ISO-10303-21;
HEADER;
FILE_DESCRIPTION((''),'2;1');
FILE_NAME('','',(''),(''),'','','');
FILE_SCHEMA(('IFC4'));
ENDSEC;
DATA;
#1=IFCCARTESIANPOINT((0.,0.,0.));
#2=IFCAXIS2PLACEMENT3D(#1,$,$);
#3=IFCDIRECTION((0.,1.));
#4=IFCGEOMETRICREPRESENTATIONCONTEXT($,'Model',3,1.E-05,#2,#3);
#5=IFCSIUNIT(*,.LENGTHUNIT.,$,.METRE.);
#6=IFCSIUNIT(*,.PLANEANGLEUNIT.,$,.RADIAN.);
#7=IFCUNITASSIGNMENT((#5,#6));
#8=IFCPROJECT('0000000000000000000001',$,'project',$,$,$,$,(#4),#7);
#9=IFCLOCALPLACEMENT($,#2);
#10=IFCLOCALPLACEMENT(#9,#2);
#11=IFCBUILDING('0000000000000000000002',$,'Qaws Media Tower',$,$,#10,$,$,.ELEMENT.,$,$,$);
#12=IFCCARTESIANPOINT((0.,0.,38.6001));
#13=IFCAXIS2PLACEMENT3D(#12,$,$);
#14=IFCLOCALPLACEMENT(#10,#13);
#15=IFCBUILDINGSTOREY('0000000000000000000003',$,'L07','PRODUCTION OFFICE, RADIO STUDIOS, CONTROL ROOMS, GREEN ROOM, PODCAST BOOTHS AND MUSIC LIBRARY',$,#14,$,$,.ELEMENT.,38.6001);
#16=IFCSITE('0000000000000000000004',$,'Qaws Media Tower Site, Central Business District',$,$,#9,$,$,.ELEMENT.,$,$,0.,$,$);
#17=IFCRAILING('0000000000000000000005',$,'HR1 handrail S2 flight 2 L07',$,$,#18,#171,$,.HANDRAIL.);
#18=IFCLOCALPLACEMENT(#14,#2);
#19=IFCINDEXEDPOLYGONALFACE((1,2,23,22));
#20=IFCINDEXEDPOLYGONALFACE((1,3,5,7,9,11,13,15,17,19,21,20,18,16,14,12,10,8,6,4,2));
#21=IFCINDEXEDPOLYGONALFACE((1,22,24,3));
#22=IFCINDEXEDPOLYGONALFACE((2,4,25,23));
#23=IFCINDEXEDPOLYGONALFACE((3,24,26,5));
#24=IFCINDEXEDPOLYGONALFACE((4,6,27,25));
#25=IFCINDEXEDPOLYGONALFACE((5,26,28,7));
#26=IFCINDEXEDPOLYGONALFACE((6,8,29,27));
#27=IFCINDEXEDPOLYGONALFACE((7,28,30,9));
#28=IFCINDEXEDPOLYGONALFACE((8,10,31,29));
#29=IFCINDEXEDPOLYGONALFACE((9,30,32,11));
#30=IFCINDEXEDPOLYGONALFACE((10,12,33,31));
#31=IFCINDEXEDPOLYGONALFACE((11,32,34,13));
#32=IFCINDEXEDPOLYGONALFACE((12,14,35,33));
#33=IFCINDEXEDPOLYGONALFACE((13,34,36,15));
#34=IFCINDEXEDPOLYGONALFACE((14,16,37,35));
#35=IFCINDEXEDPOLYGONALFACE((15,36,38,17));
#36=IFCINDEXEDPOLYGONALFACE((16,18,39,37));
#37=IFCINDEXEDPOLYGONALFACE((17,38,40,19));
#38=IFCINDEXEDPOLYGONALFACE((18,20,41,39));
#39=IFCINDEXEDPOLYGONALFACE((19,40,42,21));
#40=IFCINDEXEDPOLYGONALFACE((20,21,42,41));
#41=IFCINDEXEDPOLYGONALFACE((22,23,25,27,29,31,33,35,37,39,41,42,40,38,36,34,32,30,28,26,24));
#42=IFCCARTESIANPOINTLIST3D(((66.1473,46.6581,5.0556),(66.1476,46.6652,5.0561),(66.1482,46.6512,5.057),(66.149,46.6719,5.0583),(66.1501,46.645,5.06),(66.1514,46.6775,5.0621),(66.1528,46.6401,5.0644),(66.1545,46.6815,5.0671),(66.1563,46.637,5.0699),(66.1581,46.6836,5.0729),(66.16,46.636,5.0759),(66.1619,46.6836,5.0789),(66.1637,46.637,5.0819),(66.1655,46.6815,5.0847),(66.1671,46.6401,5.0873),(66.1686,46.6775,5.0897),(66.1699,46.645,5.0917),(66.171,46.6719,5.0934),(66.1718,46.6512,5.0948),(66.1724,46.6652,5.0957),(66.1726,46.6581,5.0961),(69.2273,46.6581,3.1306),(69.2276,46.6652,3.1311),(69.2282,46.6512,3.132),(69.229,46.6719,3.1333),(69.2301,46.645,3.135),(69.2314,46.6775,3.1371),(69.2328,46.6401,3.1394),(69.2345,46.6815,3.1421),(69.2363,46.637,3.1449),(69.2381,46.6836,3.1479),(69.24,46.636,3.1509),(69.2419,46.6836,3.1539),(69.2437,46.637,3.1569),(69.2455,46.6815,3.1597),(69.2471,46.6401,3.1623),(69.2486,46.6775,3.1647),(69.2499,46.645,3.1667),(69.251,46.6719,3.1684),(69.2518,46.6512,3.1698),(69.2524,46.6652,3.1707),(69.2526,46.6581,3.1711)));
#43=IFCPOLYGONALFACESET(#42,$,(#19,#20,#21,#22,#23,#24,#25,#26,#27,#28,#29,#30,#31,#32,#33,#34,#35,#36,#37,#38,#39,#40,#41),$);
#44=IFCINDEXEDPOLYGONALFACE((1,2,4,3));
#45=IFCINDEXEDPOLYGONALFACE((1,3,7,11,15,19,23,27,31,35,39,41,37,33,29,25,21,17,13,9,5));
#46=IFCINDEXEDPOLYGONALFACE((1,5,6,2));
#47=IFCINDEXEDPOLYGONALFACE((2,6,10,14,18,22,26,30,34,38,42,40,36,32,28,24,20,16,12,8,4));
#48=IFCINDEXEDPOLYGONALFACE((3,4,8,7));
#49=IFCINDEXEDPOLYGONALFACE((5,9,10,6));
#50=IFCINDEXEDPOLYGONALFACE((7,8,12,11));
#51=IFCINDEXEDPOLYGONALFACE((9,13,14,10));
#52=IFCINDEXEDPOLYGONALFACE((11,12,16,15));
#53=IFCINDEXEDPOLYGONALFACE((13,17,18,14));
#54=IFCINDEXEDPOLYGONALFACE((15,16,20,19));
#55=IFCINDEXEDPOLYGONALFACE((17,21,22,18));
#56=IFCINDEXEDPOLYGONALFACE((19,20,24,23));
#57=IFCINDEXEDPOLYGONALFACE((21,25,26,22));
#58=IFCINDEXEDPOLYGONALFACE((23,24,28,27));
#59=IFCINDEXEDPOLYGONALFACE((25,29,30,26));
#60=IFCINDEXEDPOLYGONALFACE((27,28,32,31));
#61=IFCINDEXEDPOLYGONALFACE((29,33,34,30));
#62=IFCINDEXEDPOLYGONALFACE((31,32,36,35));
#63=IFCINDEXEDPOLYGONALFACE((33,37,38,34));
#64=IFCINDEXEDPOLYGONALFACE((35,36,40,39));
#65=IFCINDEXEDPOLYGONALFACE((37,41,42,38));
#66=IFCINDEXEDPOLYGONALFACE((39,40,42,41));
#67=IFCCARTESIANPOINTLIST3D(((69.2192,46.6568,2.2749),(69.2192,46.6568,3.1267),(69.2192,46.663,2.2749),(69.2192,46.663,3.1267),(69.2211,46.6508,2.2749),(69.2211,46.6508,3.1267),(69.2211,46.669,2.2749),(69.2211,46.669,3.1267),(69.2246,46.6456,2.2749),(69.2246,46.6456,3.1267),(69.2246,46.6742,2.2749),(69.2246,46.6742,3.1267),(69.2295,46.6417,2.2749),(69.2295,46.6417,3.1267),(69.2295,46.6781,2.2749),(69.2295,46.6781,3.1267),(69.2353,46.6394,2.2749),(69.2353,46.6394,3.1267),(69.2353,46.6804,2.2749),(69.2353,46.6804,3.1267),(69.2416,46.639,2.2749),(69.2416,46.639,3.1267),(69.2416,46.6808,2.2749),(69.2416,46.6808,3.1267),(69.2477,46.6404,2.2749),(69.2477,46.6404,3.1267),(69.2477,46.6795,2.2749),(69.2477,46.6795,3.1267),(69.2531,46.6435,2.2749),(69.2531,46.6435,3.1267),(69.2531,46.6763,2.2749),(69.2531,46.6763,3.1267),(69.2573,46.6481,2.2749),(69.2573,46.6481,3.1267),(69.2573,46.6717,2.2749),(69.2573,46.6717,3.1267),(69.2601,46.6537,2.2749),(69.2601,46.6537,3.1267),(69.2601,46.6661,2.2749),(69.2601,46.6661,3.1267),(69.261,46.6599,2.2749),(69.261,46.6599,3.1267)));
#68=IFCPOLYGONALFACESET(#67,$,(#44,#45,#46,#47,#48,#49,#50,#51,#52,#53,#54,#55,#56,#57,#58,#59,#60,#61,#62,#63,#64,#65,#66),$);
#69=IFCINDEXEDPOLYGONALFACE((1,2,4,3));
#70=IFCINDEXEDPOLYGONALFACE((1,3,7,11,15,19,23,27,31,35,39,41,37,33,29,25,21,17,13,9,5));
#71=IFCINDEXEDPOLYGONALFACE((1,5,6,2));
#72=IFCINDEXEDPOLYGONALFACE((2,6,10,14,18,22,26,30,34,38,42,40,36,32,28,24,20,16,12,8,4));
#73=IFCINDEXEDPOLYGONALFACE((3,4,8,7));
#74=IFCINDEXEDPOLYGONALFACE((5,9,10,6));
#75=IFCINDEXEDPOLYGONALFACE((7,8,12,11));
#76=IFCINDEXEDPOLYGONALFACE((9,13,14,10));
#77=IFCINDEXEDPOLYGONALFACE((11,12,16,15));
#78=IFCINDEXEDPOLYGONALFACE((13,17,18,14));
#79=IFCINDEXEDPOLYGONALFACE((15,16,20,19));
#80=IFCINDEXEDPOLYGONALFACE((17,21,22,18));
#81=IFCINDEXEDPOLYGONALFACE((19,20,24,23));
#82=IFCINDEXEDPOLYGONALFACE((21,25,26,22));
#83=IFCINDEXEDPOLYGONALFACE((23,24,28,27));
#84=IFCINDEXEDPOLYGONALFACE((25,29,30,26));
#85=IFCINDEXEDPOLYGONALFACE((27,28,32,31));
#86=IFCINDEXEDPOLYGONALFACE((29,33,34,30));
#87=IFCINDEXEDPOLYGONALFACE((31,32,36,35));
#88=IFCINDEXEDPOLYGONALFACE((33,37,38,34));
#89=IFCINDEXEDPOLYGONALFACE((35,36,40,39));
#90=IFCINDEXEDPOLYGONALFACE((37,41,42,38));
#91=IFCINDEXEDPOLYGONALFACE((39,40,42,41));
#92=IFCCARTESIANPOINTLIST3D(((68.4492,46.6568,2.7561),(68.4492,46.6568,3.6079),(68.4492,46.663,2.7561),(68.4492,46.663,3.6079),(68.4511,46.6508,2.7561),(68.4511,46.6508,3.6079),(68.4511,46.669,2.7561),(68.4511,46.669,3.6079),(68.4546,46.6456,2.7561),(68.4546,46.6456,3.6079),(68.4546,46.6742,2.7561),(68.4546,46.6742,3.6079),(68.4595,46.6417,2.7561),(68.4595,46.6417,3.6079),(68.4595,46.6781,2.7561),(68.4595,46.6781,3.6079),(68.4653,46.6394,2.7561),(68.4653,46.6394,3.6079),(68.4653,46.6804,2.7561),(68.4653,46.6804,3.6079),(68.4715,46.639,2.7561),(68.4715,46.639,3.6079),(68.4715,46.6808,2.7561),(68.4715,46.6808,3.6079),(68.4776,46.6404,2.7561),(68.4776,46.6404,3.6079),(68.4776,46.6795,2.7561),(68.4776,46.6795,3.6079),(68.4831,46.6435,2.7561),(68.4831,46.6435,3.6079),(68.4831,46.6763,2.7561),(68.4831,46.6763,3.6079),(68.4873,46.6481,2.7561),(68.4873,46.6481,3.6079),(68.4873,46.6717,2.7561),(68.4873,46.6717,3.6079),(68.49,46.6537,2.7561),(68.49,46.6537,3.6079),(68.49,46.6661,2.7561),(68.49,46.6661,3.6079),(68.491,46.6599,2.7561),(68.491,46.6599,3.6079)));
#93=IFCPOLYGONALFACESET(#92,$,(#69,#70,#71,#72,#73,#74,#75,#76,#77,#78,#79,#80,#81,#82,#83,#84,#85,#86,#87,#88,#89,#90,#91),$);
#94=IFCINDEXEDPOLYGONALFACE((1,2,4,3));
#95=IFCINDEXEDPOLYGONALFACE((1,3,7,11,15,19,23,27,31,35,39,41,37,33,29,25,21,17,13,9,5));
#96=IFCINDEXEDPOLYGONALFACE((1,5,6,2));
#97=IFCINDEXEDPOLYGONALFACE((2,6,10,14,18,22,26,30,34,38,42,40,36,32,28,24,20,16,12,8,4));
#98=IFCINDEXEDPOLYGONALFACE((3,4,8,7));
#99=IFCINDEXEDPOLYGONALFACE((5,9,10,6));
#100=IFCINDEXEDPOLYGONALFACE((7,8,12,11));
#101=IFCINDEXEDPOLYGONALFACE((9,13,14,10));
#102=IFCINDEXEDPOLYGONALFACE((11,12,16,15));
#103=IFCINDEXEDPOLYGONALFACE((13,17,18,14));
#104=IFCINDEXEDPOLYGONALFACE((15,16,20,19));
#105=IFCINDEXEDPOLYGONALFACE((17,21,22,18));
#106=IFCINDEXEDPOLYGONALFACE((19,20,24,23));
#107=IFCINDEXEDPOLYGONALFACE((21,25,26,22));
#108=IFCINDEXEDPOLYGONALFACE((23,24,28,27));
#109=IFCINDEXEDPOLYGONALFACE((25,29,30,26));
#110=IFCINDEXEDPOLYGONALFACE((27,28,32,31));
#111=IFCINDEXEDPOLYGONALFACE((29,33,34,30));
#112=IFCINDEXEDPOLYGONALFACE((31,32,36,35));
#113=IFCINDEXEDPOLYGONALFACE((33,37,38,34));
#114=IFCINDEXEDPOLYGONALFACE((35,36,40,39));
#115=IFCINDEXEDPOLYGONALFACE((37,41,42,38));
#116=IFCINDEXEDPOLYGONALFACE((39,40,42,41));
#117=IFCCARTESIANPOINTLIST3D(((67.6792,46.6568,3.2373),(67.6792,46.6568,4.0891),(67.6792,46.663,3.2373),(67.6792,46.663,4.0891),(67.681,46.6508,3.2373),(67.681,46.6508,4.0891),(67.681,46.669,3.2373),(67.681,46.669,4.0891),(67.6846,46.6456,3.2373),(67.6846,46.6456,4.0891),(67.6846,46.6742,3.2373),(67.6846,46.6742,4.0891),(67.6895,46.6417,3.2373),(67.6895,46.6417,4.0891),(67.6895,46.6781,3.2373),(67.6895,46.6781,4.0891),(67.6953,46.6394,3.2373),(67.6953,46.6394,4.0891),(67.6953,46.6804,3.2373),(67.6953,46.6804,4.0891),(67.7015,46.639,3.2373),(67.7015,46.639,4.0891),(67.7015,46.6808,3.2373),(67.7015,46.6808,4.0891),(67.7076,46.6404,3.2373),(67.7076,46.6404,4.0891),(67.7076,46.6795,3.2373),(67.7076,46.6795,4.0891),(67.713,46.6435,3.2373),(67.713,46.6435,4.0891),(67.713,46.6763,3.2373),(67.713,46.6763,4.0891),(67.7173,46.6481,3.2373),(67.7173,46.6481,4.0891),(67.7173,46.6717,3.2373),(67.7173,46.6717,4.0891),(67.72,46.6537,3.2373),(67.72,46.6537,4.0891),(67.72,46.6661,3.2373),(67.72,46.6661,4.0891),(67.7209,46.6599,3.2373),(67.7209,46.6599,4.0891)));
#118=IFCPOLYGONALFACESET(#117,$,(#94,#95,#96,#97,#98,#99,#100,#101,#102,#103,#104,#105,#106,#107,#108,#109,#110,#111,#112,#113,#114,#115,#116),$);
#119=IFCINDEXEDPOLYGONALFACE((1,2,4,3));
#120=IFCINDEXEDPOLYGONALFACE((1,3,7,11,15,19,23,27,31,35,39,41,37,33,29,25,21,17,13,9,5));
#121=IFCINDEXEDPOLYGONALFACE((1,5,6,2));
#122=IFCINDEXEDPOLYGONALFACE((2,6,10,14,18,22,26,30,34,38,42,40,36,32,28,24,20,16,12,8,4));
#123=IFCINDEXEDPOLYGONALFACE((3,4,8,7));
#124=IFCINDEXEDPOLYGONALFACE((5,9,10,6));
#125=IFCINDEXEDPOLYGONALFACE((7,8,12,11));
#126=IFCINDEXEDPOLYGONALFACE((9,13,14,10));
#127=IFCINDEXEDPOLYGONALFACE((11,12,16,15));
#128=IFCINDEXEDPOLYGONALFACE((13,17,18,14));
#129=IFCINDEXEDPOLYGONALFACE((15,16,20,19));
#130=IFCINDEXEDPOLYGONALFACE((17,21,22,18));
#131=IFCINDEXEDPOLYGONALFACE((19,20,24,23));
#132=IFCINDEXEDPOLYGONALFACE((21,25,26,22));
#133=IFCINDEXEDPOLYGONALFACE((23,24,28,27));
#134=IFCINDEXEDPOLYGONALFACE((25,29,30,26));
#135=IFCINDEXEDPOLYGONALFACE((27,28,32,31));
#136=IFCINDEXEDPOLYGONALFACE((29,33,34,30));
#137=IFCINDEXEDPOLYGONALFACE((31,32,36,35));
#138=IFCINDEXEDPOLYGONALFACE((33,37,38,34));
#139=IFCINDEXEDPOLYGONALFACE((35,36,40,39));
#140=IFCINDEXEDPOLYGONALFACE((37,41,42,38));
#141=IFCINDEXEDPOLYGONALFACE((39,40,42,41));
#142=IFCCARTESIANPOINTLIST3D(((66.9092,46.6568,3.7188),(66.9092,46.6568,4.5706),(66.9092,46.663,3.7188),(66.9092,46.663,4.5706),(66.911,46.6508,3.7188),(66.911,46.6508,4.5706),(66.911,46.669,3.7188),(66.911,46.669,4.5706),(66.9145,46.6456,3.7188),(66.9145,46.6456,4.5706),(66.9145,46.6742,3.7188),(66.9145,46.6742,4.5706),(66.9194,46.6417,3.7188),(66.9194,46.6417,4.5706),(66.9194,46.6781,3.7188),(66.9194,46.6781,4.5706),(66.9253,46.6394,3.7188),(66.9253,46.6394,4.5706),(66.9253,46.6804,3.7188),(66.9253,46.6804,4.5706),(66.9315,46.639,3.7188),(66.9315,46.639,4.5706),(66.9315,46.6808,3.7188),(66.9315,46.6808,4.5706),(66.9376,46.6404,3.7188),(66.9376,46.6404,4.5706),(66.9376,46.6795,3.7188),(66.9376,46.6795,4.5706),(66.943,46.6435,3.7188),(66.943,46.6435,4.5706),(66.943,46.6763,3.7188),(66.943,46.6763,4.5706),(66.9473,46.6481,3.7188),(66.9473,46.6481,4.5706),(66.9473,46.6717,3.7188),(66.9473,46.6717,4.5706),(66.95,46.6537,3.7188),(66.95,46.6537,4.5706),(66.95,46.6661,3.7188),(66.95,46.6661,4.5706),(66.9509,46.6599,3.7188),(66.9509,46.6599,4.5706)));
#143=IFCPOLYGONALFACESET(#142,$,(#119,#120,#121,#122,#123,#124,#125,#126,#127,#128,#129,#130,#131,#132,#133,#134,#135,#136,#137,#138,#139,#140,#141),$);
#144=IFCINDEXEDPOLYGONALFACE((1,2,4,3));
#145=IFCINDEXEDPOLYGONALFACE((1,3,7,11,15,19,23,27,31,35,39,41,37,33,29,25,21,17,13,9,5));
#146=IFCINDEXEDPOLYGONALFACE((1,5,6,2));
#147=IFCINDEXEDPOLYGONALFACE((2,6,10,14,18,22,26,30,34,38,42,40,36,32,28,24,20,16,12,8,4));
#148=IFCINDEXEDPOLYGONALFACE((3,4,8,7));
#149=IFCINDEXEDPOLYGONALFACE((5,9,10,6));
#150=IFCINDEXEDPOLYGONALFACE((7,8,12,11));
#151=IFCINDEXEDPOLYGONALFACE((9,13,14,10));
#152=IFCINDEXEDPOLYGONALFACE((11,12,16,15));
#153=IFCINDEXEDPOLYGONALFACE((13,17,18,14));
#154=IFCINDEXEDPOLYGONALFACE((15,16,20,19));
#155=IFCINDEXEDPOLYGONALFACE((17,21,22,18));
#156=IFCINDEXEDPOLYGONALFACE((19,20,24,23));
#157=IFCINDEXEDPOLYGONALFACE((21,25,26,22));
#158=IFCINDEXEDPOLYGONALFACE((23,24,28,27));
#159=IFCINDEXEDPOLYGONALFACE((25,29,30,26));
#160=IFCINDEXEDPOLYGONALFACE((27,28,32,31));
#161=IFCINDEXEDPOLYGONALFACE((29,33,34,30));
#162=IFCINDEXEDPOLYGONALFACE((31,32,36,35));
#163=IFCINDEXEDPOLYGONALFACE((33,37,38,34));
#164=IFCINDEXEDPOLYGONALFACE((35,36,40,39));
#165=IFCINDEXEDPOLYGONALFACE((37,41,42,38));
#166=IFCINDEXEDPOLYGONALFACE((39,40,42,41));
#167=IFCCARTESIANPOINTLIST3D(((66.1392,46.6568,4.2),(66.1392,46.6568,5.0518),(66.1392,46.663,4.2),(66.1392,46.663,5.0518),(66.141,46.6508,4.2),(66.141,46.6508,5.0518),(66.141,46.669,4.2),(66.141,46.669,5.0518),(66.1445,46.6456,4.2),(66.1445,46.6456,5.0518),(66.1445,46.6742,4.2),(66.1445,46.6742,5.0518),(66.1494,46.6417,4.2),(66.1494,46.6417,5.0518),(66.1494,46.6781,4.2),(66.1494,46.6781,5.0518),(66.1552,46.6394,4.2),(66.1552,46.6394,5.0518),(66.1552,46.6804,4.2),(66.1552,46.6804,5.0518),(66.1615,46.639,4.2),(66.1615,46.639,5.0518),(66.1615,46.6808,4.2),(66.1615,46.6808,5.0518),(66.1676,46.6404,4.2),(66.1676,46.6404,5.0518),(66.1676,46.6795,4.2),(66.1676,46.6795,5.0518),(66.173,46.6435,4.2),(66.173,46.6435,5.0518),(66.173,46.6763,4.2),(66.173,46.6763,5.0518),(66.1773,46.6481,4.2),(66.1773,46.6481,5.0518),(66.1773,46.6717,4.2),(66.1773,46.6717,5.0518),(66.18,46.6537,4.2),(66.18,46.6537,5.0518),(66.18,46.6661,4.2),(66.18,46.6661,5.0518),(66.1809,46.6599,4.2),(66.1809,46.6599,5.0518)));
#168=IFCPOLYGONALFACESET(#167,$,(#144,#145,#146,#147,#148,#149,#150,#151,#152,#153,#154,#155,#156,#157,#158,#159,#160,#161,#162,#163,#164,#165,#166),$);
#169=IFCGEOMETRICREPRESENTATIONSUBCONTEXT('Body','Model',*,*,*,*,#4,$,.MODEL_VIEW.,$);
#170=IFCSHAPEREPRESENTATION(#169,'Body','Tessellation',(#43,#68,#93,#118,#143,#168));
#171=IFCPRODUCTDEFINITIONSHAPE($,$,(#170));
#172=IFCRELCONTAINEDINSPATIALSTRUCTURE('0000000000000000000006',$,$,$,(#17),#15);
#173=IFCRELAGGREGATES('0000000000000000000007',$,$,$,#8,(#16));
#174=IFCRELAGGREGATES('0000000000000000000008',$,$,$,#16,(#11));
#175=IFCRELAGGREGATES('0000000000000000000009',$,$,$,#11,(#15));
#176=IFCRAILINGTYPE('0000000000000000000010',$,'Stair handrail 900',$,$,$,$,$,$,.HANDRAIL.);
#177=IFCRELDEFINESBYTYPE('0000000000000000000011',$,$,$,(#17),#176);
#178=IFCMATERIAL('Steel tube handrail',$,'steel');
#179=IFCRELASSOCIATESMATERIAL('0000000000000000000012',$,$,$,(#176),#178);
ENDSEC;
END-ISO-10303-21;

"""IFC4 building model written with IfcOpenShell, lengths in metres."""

from ifc_helpers import new_model, si_unit, direction, frame, origin, origin_2d, place, context, subcontext, project, spatial, circle, extrude, material, type_object, element, save


model = new_model("IFC4")

# Units and contexts
model_context = context("Model", 3, precision=1e-05, world=origin(), true_north=direction((0.0, 1.0)))
body_context = subcontext(model_context, "Body", "Model", "MODEL_VIEW")
ifc_project = project(units=[si_unit("LENGTHUNIT", "METRE"), si_unit("PLANEANGLEUNIT", "RADIAN")], contexts=[model_context])

# Site, building, storey
site_placement = place(None, origin())
site = spatial("IfcSite", under=ifc_project, at=site_placement, Name="Qaws Media Tower Site, Central Business District", CompositionType="ELEMENT", RefElevation=0.0)
building_placement = place(site_placement, origin())
building = spatial("IfcBuilding", under=site, at=building_placement, Name="Qaws Media Tower", CompositionType="ELEMENT")
storey_placement = place(building_placement, frame((0.0, 0.0, 38.6001)))
storey = spatial("IfcBuildingStorey", under=building, at=storey_placement, Name="L07", Description="PRODUCTION OFFICE, RADIO STUDIOS, CONTROL ROOMS, GREEN ROOM, PODCAST BOOTHS AND MUSIC LIBRARY", CompositionType="ELEMENT", Elevation=38.6001)

# Railing
ifc_material_1 = material(Name="Steel tube handrail", Category="steel")
railing_type = type_object("IfcRailingType", Name="Stair handrail 900", PredefinedType="HANDRAIL", material=ifc_material_1)
for number, where, name in (
    (1, (69.24, 46.6599, 2.2749), "HR1 handrail S2 flight 2 L07"),
):
    element("IfcRailing", number, at=place(storey_placement, frame(where)), inside=storey, type_object=railing_type, Name=name, PredefinedType="HANDRAIL", context=body_context, shape_type="SweptSolid", body=[
        extrude(circle(Radius=0.0239, at=origin_2d()), frame((0.0, 0.0, 0.876), z_axis=(-0.847998, 0.0, 0.529999), x_axis=(0.0, -1.0, 0.0)), (0.0, 0.0, 1.0), 3.6321),
        extrude(circle(Radius=0.021, at=origin_2d()), origin(), (0.0, 0.0, 1.0), 0.8518),
        extrude(circle(Radius=0.021, at=origin_2d()), frame((-0.77, 0.0, 0.4812)), (0.0, 0.0, 1.0), 0.8518),
        extrude(circle(Radius=0.021, at=origin_2d()), frame((-1.54, 0.0, 0.9624)), (0.0, 0.0, 1.0), 0.8518),
        extrude(circle(Radius=0.021, at=origin_2d()), frame((-2.3101, 0.0, 1.4438)), (0.0, 0.0, 1.0), 0.8518),
        extrude(circle(Radius=0.021, at=origin_2d()), frame((-3.0801, 0.0, 1.925)), (0.0, 0.0, 1.0), 0.8518),
    ])

save(model, "model.ifc")
